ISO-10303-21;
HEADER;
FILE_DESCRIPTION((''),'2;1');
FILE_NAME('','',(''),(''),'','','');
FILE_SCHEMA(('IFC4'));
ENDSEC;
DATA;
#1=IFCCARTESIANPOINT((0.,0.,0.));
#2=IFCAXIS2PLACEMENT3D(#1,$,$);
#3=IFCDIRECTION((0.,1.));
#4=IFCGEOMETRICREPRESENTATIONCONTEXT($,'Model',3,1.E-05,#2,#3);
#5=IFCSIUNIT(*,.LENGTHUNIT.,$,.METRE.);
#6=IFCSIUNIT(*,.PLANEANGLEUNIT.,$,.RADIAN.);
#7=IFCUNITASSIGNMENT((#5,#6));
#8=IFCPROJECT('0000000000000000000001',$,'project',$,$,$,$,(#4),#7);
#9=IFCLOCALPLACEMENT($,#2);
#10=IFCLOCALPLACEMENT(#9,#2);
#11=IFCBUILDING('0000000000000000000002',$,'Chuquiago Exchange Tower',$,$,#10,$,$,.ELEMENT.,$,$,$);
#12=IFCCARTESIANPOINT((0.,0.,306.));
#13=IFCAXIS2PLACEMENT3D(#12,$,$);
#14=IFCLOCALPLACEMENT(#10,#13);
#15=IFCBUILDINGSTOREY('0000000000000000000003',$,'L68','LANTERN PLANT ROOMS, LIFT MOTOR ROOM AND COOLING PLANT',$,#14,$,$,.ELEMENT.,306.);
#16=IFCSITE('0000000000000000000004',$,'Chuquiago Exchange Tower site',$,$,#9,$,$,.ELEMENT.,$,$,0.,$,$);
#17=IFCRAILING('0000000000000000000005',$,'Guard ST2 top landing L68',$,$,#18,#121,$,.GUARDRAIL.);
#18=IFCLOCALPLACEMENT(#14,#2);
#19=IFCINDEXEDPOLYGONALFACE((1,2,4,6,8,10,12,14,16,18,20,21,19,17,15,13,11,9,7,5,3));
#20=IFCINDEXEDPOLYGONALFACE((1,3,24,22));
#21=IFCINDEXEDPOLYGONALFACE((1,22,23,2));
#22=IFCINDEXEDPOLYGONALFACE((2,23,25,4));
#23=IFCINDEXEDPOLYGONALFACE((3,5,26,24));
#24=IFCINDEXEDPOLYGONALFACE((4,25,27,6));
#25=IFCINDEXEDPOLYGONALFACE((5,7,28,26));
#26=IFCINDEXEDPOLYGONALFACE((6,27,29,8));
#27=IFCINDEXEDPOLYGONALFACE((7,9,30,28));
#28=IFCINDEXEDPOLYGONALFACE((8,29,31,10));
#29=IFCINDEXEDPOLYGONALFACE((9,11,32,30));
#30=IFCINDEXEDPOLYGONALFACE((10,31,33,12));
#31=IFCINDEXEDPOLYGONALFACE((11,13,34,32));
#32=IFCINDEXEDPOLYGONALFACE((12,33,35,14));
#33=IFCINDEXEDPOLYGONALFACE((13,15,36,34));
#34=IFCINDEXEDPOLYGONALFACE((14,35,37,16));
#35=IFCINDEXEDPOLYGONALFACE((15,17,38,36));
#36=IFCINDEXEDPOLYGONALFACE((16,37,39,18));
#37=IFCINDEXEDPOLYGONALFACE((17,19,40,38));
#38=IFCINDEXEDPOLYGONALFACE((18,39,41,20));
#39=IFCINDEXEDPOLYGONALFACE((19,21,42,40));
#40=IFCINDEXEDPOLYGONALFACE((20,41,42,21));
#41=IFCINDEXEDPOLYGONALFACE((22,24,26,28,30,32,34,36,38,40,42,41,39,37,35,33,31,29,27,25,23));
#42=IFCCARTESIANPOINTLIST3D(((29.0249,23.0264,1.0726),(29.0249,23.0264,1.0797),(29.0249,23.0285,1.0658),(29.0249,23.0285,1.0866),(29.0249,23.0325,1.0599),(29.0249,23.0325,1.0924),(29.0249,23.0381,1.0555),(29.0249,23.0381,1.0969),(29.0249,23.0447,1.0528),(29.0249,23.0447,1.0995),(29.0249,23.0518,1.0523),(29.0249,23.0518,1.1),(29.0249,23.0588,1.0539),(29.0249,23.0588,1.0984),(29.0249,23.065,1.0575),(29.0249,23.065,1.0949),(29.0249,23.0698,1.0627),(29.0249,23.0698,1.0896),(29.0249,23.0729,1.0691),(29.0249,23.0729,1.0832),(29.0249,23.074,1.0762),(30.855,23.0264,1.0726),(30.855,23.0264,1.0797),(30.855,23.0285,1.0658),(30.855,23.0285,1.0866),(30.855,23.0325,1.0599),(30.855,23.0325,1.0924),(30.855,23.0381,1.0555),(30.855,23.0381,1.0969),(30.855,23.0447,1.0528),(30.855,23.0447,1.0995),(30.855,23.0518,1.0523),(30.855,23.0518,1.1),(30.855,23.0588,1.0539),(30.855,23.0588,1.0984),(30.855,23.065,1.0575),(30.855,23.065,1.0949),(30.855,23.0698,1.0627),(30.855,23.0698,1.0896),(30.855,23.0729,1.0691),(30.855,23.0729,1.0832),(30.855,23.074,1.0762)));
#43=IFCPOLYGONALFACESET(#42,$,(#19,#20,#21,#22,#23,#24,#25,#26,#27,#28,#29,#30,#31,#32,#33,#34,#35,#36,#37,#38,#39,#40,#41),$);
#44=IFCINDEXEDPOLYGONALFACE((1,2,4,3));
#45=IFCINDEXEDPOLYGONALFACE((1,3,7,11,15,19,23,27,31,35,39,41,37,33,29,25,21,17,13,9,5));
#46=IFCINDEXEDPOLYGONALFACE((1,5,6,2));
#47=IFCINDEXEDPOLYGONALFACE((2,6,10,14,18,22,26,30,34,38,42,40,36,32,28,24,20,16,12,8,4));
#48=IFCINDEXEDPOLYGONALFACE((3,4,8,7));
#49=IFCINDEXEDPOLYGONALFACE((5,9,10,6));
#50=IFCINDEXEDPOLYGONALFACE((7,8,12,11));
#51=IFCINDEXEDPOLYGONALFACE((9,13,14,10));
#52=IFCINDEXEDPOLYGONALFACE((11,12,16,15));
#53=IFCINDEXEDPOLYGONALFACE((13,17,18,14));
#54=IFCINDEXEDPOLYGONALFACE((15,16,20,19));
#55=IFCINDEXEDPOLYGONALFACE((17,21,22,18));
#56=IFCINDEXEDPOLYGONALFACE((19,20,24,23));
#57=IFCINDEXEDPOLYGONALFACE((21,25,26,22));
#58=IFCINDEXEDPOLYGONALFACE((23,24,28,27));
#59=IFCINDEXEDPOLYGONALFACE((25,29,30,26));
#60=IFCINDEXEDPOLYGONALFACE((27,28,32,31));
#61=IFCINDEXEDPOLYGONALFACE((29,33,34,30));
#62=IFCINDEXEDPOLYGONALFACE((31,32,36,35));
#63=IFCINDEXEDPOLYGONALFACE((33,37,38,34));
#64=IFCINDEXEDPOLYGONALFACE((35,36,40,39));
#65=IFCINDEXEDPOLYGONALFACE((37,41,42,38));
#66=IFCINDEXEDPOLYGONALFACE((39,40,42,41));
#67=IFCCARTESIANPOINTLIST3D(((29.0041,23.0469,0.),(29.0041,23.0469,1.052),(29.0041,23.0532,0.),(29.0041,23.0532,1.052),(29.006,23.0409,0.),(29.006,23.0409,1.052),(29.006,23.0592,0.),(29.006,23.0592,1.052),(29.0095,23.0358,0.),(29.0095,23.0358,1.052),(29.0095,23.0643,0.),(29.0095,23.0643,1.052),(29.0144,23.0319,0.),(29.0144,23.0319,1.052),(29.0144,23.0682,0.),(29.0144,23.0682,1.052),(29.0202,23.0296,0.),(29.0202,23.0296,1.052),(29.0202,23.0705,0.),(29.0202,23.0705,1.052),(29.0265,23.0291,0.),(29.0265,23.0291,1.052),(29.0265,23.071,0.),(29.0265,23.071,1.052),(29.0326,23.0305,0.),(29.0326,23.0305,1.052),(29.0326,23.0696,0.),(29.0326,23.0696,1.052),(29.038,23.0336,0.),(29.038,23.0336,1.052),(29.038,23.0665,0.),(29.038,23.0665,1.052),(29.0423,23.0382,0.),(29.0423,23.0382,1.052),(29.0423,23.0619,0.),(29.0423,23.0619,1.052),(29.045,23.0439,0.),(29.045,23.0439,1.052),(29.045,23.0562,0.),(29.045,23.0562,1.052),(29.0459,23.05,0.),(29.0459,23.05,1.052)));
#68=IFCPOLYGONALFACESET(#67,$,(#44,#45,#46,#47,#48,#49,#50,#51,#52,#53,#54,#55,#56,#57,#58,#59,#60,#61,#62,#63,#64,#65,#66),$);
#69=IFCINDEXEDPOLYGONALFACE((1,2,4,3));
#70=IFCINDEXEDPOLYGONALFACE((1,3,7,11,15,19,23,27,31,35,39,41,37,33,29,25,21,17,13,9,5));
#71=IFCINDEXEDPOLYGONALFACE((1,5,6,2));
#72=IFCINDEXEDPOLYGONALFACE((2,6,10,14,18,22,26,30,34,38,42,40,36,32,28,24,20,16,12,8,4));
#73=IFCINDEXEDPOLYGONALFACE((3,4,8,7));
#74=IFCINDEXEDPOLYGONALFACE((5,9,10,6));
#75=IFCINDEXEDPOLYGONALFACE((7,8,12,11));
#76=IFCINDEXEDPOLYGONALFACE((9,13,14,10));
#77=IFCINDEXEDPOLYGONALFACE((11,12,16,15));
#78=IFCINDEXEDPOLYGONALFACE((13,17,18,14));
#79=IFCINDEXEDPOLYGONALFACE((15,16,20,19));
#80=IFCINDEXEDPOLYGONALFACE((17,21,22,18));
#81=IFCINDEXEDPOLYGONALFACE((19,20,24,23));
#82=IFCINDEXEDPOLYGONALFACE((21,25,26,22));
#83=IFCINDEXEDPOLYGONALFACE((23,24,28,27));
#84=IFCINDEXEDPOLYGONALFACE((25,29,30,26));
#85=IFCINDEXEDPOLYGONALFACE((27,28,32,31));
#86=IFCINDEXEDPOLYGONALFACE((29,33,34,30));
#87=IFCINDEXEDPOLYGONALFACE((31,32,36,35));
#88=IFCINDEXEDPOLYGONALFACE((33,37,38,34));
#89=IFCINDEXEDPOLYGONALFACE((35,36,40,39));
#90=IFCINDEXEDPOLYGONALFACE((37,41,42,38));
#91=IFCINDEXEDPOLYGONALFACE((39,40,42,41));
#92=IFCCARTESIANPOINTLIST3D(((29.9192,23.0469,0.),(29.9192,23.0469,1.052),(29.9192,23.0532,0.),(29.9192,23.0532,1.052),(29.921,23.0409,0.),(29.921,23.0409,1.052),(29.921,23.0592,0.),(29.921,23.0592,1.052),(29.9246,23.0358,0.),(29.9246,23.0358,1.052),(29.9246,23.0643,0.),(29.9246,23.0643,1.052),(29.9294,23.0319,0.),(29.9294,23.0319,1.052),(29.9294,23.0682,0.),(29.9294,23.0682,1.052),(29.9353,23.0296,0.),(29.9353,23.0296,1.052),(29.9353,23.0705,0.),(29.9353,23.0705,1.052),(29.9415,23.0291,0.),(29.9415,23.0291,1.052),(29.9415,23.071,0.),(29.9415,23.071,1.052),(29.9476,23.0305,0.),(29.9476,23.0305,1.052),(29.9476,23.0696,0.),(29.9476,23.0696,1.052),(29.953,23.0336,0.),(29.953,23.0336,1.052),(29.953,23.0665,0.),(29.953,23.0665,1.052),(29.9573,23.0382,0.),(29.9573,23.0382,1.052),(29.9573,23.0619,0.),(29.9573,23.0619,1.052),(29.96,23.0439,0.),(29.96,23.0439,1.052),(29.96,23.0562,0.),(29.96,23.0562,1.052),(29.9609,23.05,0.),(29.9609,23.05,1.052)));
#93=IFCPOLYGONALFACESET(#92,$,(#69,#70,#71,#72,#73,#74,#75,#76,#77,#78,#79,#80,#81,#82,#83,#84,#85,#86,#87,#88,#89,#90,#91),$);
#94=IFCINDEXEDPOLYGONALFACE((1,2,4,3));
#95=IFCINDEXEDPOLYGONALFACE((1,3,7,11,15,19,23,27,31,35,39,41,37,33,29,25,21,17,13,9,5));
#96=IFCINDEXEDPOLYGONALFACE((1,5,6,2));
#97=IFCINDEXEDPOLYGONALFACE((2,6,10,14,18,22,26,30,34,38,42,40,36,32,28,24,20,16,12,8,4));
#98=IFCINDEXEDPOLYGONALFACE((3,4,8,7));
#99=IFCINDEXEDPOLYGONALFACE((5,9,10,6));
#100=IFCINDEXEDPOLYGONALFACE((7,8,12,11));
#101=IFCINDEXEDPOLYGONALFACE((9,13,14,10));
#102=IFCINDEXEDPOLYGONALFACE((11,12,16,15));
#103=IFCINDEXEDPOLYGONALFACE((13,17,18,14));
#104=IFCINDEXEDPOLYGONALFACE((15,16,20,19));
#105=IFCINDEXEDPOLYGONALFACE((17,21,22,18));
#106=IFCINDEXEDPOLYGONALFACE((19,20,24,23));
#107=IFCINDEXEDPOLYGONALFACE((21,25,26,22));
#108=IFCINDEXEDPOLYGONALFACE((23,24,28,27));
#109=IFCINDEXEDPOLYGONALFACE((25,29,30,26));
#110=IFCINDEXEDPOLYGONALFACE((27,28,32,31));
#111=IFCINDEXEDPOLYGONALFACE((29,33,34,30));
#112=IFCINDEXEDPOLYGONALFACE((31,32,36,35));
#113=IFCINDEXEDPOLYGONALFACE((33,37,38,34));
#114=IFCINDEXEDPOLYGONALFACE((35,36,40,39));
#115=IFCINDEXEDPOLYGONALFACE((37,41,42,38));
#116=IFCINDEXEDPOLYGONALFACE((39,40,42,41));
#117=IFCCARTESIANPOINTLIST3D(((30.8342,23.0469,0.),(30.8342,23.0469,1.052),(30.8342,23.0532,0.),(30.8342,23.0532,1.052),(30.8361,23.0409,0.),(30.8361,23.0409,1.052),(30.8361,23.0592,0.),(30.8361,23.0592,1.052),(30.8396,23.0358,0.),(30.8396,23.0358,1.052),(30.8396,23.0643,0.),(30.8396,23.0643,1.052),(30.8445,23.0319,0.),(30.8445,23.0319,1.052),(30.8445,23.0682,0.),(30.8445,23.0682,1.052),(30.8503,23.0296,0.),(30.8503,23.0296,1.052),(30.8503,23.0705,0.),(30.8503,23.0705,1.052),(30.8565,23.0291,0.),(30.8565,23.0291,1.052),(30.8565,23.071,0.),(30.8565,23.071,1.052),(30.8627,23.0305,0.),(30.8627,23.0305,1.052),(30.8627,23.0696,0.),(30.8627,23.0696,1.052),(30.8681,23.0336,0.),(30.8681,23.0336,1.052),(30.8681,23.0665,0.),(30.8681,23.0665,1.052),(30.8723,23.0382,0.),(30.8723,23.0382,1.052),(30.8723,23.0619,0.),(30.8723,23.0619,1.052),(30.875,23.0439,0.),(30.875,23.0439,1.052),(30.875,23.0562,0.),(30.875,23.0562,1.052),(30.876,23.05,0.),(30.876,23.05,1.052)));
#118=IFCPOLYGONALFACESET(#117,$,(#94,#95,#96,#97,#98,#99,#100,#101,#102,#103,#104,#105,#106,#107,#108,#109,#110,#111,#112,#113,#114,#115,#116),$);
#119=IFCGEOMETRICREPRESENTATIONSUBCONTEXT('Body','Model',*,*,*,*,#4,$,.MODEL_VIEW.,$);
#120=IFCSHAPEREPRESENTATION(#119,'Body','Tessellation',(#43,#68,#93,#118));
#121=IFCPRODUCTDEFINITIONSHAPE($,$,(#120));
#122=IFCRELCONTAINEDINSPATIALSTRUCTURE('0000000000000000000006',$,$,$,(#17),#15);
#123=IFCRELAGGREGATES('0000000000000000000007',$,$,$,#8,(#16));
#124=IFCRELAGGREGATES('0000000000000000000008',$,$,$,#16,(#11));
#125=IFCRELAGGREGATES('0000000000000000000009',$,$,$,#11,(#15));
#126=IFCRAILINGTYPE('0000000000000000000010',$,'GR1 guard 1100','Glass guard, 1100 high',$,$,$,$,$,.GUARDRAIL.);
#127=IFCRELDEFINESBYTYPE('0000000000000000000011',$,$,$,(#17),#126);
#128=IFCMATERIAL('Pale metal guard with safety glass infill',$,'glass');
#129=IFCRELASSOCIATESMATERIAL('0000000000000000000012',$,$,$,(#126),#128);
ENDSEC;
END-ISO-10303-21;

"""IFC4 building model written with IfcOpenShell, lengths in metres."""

from ifc_helpers import new_model, si_unit, direction, frame, origin, origin_2d, place, context, subcontext, project, spatial, circle, extrude, material, type_object, element, save


model = new_model("IFC4")

# Units and contexts
model_context = context("Model", 3, precision=1e-05, world=origin(), true_north=direction((0.0, 1.0)))
body_context = subcontext(model_context, "Body", "Model", "MODEL_VIEW")
ifc_project = project(units=[si_unit("LENGTHUNIT", "METRE"), si_unit("PLANEANGLEUNIT", "RADIAN")], contexts=[model_context])

# Site, building, storey
site_placement = place(None, origin())
site = spatial("IfcSite", under=ifc_project, at=site_placement, Name="Chuquiago Exchange Tower site", CompositionType="ELEMENT", RefElevation=0.0)
building_placement = place(site_placement, origin())
building = spatial("IfcBuilding", under=site, at=building_placement, Name="Chuquiago Exchange Tower", CompositionType="ELEMENT")
storey_placement = place(building_placement, frame((0.0, 0.0, 306.0)))
storey = spatial("IfcBuildingStorey", under=building, at=storey_placement, Name="L68", Description="LANTERN PLANT ROOMS, LIFT MOTOR ROOM AND COOLING PLANT", CompositionType="ELEMENT", Elevation=306.0)

# Railing
ifc_material_1 = material(Name="Pale metal guard with safety glass infill", Category="glass")
railing_type = type_object("IfcRailingType", Name="GR1 guard 1100", Description="Glass guard, 1100 high", PredefinedType="GUARDRAIL", material=ifc_material_1)
railing_1_placement = place(storey_placement, frame((29.0249, 23.05, 0.0)))
element("IfcRailing", 1, at=railing_1_placement, inside=storey, type_object=railing_type, Name="Guard ST2 top landing L68", PredefinedType="GUARDRAIL", context=body_context, shape_type="SweptSolid", body=[
    extrude(circle(Radius=0.0239, at=origin_2d()), frame((0.0, 0.0, 1.0762), z_axis=(1.0, 0.0, 0.0), x_axis=(0.0, 1.0, 0.0)), (0.0, 0.0, 1.0), 1.8301),
    extrude(circle(Radius=0.021, at=origin_2d()), origin(), (0.0, 0.0, 1.0), 1.052),
    extrude(circle(Radius=0.021, at=origin_2d()), frame((0.915, 0.0, 0.0)), (0.0, 0.0, 1.0), 1.052),
    extrude(circle(Radius=0.021, at=origin_2d()), frame((1.8301, 0.0, 0.0)), (0.0, 0.0, 1.0), 1.052),
])

save(model, "model.ifc")
